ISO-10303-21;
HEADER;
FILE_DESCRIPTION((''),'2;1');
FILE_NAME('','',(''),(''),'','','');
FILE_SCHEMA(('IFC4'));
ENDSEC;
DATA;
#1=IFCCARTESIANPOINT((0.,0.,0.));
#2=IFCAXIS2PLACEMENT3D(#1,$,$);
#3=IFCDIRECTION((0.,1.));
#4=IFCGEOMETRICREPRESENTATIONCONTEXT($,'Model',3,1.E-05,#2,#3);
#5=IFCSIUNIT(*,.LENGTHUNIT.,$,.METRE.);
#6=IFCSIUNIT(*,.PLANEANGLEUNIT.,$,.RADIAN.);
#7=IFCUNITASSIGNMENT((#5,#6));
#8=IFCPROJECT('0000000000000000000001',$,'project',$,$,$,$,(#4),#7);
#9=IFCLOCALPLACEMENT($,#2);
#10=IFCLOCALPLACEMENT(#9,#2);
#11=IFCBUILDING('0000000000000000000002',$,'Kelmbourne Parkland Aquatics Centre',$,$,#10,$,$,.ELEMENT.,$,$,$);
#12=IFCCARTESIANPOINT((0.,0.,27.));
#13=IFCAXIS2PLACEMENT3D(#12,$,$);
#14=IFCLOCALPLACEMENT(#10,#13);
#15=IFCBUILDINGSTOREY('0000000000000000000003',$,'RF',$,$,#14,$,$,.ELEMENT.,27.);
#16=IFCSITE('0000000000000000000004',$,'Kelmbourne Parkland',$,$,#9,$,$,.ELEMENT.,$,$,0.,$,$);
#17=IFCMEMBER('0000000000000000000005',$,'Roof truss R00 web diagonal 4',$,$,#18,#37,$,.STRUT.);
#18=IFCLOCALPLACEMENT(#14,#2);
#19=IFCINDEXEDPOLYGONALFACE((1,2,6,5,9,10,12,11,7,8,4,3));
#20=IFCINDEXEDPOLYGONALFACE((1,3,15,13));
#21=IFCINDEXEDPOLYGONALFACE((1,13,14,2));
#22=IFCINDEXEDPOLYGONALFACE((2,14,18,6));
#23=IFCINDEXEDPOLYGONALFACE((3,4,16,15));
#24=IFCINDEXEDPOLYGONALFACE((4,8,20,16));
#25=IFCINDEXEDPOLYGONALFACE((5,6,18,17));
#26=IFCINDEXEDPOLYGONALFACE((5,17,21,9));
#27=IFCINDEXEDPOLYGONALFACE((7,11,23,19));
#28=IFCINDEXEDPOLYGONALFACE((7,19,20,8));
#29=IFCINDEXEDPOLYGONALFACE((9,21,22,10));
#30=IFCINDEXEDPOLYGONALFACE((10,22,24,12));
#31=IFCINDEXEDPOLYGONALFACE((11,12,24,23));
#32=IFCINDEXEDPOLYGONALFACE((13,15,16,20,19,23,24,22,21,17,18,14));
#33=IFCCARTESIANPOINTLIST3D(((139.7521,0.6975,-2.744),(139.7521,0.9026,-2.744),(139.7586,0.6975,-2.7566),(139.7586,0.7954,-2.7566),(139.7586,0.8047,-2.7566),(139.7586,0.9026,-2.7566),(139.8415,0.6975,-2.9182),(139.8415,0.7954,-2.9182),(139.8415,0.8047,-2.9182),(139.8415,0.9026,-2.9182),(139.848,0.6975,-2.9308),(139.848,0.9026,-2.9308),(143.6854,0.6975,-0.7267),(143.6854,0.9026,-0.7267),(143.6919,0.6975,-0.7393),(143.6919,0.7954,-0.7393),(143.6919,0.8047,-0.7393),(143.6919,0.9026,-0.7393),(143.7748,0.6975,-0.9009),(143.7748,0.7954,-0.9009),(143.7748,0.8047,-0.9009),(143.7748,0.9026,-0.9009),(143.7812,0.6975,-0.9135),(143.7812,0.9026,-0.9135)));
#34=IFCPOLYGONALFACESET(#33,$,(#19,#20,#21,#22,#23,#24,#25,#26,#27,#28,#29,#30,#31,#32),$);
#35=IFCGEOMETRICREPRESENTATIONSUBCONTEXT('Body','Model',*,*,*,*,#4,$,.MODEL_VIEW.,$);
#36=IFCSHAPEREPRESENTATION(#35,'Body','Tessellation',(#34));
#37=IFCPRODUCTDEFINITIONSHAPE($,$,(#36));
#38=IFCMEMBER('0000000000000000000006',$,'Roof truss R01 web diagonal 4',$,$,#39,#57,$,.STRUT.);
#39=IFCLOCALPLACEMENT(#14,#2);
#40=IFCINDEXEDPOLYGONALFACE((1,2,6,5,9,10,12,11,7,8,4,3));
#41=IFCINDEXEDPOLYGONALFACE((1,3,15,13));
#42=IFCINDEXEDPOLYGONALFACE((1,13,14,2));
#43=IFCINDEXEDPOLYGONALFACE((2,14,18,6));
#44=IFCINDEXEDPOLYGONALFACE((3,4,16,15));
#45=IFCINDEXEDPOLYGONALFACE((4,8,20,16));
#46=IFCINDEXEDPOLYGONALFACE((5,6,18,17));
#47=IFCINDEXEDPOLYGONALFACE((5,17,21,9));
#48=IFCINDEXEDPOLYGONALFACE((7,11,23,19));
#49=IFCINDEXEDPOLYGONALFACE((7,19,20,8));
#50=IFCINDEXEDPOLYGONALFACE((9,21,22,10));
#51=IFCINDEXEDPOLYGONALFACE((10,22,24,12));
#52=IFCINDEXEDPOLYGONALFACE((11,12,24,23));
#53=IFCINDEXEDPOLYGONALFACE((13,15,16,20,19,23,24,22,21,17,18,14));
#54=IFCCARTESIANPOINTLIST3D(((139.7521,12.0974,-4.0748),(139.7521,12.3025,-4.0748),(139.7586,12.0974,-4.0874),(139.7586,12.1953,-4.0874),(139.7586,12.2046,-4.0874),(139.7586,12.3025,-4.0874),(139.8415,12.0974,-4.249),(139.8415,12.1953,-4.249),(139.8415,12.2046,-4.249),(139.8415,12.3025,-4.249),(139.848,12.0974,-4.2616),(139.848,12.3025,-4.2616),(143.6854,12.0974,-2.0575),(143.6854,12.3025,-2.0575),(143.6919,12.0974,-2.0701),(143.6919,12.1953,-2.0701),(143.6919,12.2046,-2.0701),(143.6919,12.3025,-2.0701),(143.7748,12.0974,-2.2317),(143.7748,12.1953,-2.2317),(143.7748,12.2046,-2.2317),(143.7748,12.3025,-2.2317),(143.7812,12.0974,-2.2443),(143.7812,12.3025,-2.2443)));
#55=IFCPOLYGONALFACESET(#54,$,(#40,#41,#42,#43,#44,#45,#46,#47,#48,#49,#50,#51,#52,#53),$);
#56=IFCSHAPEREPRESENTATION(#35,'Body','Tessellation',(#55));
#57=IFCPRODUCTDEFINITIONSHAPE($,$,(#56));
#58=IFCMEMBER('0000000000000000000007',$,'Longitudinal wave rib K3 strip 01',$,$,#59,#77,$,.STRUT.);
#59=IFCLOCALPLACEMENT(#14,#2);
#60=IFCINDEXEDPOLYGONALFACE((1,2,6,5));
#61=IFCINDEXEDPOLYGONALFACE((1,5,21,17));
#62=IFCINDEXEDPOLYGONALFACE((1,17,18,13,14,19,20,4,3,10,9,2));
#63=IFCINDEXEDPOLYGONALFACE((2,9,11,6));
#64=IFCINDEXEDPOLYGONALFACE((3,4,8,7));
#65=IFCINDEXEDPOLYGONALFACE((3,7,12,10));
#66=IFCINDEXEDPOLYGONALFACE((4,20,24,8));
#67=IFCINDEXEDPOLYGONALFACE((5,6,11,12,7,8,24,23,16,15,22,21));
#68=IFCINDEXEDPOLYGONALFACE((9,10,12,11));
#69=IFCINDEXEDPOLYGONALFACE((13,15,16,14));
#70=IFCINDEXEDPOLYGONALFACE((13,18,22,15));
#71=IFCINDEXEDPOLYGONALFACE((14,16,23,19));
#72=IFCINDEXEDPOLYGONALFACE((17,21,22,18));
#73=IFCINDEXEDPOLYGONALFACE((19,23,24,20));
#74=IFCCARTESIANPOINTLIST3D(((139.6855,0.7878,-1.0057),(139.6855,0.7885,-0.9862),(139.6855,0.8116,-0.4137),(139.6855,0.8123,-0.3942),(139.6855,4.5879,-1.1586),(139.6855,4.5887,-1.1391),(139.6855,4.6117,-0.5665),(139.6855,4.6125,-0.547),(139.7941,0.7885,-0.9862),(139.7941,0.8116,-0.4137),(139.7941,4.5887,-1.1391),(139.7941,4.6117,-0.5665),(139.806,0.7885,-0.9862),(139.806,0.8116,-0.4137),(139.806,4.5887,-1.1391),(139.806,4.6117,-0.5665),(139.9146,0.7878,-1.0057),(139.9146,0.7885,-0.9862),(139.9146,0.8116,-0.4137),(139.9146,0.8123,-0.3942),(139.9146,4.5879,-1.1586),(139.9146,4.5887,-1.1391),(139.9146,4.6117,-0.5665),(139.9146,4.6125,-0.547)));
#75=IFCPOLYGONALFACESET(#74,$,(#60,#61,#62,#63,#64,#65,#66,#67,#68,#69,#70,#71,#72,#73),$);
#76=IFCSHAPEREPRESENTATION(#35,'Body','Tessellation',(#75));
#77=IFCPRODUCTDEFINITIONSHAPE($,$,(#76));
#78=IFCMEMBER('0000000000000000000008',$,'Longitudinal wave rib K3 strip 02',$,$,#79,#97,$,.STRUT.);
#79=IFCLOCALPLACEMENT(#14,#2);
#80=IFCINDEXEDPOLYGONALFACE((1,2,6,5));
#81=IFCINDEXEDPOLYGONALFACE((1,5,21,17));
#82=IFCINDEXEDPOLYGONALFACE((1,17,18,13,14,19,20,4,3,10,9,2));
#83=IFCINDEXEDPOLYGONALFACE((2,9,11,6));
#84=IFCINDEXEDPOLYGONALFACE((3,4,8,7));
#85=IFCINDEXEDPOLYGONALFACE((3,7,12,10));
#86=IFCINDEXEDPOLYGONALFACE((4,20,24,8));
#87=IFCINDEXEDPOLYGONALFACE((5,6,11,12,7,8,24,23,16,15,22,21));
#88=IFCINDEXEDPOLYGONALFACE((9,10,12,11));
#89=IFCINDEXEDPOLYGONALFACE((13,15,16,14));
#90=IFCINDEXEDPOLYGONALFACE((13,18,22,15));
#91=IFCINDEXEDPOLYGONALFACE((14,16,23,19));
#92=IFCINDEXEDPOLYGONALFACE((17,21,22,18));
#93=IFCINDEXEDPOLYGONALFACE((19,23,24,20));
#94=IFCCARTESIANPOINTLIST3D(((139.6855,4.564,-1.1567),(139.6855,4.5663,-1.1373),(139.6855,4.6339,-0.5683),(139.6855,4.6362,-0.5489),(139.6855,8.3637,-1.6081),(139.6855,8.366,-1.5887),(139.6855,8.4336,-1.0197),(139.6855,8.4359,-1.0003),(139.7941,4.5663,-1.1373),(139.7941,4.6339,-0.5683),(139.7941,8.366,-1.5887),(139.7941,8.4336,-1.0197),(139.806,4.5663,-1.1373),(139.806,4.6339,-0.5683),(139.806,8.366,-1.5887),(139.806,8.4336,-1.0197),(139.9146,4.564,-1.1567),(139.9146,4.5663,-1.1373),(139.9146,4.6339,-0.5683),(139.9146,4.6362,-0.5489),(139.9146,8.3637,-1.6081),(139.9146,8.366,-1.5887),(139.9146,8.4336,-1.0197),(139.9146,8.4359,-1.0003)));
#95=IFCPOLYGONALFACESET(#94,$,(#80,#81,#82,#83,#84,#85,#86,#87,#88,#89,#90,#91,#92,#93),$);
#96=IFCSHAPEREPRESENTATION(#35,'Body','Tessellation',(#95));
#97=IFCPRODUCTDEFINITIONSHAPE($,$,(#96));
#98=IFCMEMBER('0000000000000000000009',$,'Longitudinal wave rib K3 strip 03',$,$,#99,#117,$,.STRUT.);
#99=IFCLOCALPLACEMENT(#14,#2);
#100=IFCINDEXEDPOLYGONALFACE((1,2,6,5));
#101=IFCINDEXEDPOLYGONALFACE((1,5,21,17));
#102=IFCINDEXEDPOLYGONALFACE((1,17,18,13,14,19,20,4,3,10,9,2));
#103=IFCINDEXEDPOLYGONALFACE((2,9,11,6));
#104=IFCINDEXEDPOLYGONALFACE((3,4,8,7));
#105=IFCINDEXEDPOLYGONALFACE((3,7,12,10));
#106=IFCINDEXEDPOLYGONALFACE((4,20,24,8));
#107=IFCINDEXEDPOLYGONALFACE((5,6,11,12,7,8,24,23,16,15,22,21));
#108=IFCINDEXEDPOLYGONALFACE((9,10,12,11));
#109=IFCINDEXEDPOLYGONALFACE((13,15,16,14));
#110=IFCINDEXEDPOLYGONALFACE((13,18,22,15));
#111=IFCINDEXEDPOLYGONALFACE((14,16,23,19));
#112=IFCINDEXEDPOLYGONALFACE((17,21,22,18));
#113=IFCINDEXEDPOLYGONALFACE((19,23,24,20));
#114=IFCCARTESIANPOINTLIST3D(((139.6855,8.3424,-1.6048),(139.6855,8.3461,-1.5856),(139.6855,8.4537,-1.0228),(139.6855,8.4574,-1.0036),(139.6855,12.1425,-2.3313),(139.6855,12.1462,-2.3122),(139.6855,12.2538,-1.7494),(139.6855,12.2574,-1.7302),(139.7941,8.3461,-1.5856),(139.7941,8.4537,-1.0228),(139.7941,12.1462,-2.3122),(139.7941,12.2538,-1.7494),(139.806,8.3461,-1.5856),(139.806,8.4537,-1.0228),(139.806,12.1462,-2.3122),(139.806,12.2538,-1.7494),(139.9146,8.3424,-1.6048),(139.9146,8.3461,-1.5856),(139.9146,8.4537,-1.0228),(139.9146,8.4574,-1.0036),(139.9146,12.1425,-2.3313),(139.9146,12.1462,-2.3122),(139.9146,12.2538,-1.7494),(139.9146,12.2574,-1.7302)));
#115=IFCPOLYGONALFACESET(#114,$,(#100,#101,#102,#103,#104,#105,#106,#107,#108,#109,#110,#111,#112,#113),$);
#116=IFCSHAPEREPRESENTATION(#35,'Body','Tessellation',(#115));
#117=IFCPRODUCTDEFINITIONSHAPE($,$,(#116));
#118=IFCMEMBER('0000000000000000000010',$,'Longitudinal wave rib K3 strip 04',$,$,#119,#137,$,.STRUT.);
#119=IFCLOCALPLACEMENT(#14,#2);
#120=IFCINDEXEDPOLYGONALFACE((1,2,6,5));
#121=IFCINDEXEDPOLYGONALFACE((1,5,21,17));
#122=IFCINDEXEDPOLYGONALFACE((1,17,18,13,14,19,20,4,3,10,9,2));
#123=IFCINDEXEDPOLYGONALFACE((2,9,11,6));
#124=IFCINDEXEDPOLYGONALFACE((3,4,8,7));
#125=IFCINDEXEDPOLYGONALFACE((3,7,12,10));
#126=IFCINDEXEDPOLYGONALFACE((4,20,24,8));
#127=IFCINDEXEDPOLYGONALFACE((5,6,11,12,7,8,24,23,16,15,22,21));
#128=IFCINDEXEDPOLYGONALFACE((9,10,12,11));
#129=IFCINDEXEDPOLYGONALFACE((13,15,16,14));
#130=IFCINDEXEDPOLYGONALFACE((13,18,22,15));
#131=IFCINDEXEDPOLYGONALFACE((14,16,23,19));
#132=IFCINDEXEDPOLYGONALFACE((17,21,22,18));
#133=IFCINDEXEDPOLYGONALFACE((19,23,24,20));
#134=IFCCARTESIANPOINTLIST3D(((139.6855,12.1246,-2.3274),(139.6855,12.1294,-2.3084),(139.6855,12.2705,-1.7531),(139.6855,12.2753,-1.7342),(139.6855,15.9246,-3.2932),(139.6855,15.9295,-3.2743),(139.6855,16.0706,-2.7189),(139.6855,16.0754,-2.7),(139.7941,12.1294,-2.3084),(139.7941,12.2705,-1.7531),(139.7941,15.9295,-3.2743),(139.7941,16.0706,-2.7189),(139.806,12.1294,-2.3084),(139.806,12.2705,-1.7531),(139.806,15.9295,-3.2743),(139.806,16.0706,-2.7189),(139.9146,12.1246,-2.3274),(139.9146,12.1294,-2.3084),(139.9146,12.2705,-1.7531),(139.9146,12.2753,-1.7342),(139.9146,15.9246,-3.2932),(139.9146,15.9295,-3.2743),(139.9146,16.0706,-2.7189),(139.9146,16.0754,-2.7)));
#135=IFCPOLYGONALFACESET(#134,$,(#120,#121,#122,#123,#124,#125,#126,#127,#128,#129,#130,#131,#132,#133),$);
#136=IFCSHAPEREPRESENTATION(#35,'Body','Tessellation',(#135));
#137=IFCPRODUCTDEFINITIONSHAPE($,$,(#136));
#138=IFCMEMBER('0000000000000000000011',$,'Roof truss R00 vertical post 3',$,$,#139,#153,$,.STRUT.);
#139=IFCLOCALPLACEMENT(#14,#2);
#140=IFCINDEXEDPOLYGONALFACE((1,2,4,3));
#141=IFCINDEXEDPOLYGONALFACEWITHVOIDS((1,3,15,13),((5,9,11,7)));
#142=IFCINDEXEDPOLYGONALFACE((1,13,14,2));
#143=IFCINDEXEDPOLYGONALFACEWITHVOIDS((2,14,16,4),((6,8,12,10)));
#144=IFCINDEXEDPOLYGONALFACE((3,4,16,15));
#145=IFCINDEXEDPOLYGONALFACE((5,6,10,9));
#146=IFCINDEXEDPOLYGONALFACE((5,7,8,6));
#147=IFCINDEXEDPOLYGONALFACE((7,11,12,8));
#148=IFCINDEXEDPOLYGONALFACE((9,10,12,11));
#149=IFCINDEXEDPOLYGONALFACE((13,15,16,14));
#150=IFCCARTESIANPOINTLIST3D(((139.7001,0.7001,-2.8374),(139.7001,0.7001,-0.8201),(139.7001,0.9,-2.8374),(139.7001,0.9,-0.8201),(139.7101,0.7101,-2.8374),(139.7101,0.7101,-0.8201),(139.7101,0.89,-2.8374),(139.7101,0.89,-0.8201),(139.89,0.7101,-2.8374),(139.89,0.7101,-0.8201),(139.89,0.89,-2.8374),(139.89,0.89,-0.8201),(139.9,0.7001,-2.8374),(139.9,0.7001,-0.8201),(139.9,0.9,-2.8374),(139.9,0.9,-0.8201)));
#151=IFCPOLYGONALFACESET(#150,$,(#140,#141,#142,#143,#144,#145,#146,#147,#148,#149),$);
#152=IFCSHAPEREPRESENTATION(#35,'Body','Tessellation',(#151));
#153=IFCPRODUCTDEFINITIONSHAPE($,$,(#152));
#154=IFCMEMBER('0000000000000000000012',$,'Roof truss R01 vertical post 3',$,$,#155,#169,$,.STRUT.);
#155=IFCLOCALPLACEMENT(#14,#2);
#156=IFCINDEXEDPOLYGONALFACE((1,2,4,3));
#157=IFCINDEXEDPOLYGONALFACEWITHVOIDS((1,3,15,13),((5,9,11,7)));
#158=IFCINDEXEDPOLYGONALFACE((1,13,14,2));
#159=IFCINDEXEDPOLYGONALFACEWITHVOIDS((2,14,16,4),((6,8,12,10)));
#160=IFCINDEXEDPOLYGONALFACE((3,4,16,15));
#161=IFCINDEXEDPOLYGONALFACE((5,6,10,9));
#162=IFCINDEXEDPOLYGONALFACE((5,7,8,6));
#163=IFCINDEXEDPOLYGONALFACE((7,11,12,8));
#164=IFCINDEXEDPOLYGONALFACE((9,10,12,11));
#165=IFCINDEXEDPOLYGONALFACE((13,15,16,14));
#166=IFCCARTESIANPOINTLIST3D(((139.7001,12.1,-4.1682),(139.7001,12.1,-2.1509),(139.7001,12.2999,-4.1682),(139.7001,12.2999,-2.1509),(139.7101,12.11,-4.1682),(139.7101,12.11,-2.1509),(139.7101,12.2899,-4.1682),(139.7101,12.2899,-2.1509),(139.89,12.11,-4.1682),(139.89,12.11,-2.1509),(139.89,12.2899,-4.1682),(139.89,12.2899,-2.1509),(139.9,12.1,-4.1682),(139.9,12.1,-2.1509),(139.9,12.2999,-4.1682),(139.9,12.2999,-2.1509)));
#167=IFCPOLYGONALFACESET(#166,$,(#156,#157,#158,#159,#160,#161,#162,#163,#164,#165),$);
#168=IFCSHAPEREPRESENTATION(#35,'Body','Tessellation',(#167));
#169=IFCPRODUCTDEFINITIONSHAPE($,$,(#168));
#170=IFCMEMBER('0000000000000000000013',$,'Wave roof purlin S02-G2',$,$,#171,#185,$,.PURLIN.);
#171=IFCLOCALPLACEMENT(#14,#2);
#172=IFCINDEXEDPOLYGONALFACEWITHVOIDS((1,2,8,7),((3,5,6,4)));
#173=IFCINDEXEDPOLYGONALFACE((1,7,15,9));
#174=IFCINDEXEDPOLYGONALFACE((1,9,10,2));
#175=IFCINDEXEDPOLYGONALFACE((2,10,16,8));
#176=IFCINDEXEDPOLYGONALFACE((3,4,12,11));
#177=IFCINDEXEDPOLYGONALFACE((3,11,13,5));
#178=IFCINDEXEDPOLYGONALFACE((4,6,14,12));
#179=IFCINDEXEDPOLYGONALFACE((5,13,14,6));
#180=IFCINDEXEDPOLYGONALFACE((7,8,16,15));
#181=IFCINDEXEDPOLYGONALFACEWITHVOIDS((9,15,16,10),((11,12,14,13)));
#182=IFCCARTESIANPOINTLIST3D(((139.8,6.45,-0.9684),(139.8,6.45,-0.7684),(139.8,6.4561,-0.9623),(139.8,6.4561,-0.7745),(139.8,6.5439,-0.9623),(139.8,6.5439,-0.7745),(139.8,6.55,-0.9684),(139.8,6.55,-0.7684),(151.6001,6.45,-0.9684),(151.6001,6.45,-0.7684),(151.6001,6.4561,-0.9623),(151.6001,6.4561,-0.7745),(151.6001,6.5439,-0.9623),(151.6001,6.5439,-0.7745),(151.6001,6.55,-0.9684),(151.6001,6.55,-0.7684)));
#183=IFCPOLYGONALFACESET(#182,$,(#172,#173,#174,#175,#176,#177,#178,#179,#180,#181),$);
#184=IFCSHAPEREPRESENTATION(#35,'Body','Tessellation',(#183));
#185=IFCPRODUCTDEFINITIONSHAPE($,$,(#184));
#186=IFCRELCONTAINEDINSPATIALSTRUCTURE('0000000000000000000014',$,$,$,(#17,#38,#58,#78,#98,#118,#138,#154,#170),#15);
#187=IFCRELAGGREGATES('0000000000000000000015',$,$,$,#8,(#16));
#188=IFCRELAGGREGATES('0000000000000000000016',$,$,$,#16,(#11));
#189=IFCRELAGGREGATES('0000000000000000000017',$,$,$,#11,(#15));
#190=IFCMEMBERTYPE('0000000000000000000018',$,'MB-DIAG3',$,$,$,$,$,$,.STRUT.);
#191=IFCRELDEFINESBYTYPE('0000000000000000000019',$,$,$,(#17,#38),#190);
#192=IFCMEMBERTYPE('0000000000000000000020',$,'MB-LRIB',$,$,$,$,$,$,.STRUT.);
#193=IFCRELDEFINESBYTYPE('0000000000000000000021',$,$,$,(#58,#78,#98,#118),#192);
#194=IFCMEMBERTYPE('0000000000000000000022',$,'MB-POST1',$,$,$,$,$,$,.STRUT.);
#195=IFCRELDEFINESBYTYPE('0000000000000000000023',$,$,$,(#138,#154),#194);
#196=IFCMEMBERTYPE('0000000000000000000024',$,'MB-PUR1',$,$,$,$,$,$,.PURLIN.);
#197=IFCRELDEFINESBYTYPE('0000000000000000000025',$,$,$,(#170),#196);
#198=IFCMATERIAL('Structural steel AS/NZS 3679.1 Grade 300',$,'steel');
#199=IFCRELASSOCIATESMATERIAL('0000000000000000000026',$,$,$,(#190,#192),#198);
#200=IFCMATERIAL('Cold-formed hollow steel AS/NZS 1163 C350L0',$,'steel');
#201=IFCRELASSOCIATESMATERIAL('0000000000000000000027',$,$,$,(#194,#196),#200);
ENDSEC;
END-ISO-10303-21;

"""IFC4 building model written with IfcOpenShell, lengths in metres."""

from ifc_helpers import new_model, si_unit, direction, frame, origin, origin_2d, place, context, subcontext, project, spatial, hollow_rectangle, i_section, extrude, material, material_profile, profile_set, type_object, element, save


model = new_model("IFC4")

# Units and contexts
model_context = context("Model", 3, precision=1e-05, world=origin(), true_north=direction((0.0, 1.0)))
body_context = subcontext(model_context, "Body", "Model", "MODEL_VIEW")
ifc_project = project(units=[si_unit("LENGTHUNIT", "METRE"), si_unit("PLANEANGLEUNIT", "RADIAN")], contexts=[model_context])

# Site, building, storey
site_placement = place(None, origin())
site = spatial("IfcSite", under=ifc_project, at=site_placement, Name="Kelmbourne Parkland", CompositionType="ELEMENT", RefElevation=0.0)
building_placement = place(site_placement, origin())
building = spatial("IfcBuilding", under=site, at=building_placement, Name="Kelmbourne Parkland Aquatics Centre", CompositionType="ELEMENT")
storey_placement = place(building_placement, frame((0.0, 0.0, 27.0)))
storey = spatial("IfcBuildingStorey", under=building, at=storey_placement, Name="RF", CompositionType="ELEMENT", Elevation=27.0)

# Members
ifc_material_1 = material(Name="Structural steel AS/NZS 3679.1 Grade 300", Category="steel")
ifc_material_profile_1 = material_profile(ifc_material_1, i_section(OverallWidth=0.2051, OverallDepth=0.21, WebThickness=0.0093, FlangeThickness=0.0142, at=origin_2d()), Name="200UC59.5")
ifc_profile_set_1 = profile_set([ifc_material_profile_1], Name="Structural steel AS/NZS 3679.1 Grade 300")
member_type_1 = type_object("IfcMemberType", Name="MB-DIAG3", PredefinedType="STRUT", material=ifc_profile_set_1)
for number, where, z_axis, x_axis, name in (
    (1, (139.8, 0.8, -2.8374), (0.889796, 0.0, 0.456358), (0.0, 1.0, 0.0), "Roof truss R00 web diagonal 4"),
    (2, (139.8, 12.2, -4.1682), (0.889796, 0.0, 0.456358), (0.0, 1.0, 0.0), "Roof truss R01 web diagonal 4"),
):
    element("IfcMember", number, at=place(storey_placement, frame(where, z_axis=z_axis, x_axis=x_axis)), inside=storey, type_object=member_type_1, Name=name, PredefinedType="STRUT", context=body_context, shape_type="SweptSolid", body=[
        extrude(i_section(OverallWidth=0.2051, OverallDepth=0.21, WebThickness=0.0093, FlangeThickness=0.0142, at=origin_2d()), origin(), (0.0, 0.0, 1.0), 4.4204),
    ])
ifc_material_profile_2 = material_profile(ifc_material_1, i_section(OverallWidth=0.229, OverallDepth=0.6121, WebThickness=0.012, FlangeThickness=0.0195, at=origin_2d()), Name="610UB125")
ifc_profile_set_2 = profile_set([ifc_material_profile_2], Name="Structural steel AS/NZS 3679.1 Grade 300")
member_type_2 = type_object("IfcMemberType", Name="MB-LRIB", PredefinedType="STRUT", material=ifc_profile_set_2)
member_1_placement = place(storey_placement, frame((139.8, 0.8, -0.7), z_axis=(0.0, 0.999192, -0.040186), x_axis=(-1.0, 0.0, 0.0)))
element("IfcMember", 3, at=member_1_placement, inside=storey, type_object=member_type_2, Name="Longitudinal wave rib K3 strip 01", PredefinedType="STRUT", context=body_context, shape_type="SweptSolid", body=[
    extrude(i_section(OverallWidth=0.229, OverallDepth=0.6121, WebThickness=0.012, FlangeThickness=0.0195, at=origin_2d()), origin(), (0.0, 0.0, 1.0), 3.8032),
])
member_2_placement = place(storey_placement, frame((139.8, 4.6001, -0.8528), z_axis=(0.0, 0.993017, -0.11797), x_axis=(-1.0, 0.0, 0.0)))
element("IfcMember", 4, at=member_2_placement, inside=storey, type_object=member_type_2, Name="Longitudinal wave rib K3 strip 02", PredefinedType="STRUT", context=body_context, shape_type="SweptSolid", body=[
    extrude(i_section(OverallWidth=0.229, OverallDepth=0.6121, WebThickness=0.012, FlangeThickness=0.0195, at=origin_2d()), origin(), (0.0, 0.0, 1.0), 3.8264),
])
member_3_placement = place(storey_placement, frame((139.8, 8.3999, -1.3042), z_axis=(0.0, 0.982208, -0.187796), x_axis=(-1.0, 0.0, 0.0)))
element("IfcMember", 5, at=member_3_placement, inside=storey, type_object=member_type_2, Name="Longitudinal wave rib K3 strip 03", PredefinedType="STRUT", context=body_context, shape_type="SweptSolid", body=[
    extrude(i_section(OverallWidth=0.229, OverallDepth=0.6121, WebThickness=0.012, FlangeThickness=0.0195, at=origin_2d()), origin(), (0.0, 0.0, 1.0), 3.8689),
])
member_4_placement = place(storey_placement, frame((139.8, 12.2, -2.0308), z_axis=(0.0, 0.969186, -0.246328), x_axis=(-1.0, 0.0, 0.0)))
element("IfcMember", 6, at=member_4_placement, inside=storey, type_object=member_type_2, Name="Longitudinal wave rib K3 strip 04", PredefinedType="STRUT", context=body_context, shape_type="SweptSolid", body=[
    extrude(i_section(OverallWidth=0.229, OverallDepth=0.6121, WebThickness=0.012, FlangeThickness=0.0195, at=origin_2d()), origin(), (0.0, 0.0, 1.0), 3.9209),
])
ifc_material_2 = material(Name="Cold-formed hollow steel AS/NZS 1163 C350L0", Category="steel")
ifc_material_profile_3 = material_profile(ifc_material_2, hollow_rectangle(XDim=0.2, YDim=0.2, WallThickness=0.01, at=origin_2d()), Name="SHS 200x200x10.0")
ifc_profile_set_3 = profile_set([ifc_material_profile_3], Name="Cold-formed hollow steel AS/NZS 1163 C350L0")
member_type_3 = type_object("IfcMemberType", Name="MB-POST1", PredefinedType="STRUT", material=ifc_profile_set_3)
for number, where, z_axis, x_axis, name in (
    (7, (139.8, 0.8, -2.8374), (0.0, 0.0, 1.0), (1.0, 0.0, 0.0), "Roof truss R00 vertical post 3"),
    (8, (139.8, 12.2, -4.1682), (0.0, 0.0, 1.0), (1.0, 0.0, 0.0), "Roof truss R01 vertical post 3"),
):
    element("IfcMember", number, at=place(storey_placement, frame(where, z_axis=z_axis, x_axis=x_axis)), inside=storey, type_object=member_type_3, Name=name, PredefinedType="STRUT", context=body_context, shape_type="SweptSolid", body=[
        extrude(hollow_rectangle(XDim=0.2, YDim=0.2, WallThickness=0.01, at=origin_2d()), origin(), (0.0, 0.0, 1.0), 2.0173),
    ])
ifc_material_profile_4 = material_profile(ifc_material_2, hollow_rectangle(XDim=0.1001, YDim=0.2, WallThickness=0.0061, at=origin_2d()), Name="RHS 200x100x6.0")
ifc_profile_set_4 = profile_set([ifc_material_profile_4], Name="Cold-formed hollow steel AS/NZS 1163 C350L0")
member_type_4 = type_object("IfcMemberType", Name="MB-PUR1", PredefinedType="PURLIN", material=ifc_profile_set_4)
member_5_placement = place(storey_placement, frame((139.8, 6.5, -0.8684), z_axis=(1.0, 0.0, 0.0), x_axis=(0.0, 1.0, 0.0)))
element("IfcMember", 9, at=member_5_placement, inside=storey, type_object=member_type_4, Name="Wave roof purlin S02-G2", PredefinedType="PURLIN", context=body_context, shape_type="SweptSolid", body=[
    extrude(hollow_rectangle(XDim=0.1001, YDim=0.2, WallThickness=0.0061, at=origin_2d()), origin(), (0.0, 0.0, 1.0), 11.8),
])

save(model, "model.ifc")
